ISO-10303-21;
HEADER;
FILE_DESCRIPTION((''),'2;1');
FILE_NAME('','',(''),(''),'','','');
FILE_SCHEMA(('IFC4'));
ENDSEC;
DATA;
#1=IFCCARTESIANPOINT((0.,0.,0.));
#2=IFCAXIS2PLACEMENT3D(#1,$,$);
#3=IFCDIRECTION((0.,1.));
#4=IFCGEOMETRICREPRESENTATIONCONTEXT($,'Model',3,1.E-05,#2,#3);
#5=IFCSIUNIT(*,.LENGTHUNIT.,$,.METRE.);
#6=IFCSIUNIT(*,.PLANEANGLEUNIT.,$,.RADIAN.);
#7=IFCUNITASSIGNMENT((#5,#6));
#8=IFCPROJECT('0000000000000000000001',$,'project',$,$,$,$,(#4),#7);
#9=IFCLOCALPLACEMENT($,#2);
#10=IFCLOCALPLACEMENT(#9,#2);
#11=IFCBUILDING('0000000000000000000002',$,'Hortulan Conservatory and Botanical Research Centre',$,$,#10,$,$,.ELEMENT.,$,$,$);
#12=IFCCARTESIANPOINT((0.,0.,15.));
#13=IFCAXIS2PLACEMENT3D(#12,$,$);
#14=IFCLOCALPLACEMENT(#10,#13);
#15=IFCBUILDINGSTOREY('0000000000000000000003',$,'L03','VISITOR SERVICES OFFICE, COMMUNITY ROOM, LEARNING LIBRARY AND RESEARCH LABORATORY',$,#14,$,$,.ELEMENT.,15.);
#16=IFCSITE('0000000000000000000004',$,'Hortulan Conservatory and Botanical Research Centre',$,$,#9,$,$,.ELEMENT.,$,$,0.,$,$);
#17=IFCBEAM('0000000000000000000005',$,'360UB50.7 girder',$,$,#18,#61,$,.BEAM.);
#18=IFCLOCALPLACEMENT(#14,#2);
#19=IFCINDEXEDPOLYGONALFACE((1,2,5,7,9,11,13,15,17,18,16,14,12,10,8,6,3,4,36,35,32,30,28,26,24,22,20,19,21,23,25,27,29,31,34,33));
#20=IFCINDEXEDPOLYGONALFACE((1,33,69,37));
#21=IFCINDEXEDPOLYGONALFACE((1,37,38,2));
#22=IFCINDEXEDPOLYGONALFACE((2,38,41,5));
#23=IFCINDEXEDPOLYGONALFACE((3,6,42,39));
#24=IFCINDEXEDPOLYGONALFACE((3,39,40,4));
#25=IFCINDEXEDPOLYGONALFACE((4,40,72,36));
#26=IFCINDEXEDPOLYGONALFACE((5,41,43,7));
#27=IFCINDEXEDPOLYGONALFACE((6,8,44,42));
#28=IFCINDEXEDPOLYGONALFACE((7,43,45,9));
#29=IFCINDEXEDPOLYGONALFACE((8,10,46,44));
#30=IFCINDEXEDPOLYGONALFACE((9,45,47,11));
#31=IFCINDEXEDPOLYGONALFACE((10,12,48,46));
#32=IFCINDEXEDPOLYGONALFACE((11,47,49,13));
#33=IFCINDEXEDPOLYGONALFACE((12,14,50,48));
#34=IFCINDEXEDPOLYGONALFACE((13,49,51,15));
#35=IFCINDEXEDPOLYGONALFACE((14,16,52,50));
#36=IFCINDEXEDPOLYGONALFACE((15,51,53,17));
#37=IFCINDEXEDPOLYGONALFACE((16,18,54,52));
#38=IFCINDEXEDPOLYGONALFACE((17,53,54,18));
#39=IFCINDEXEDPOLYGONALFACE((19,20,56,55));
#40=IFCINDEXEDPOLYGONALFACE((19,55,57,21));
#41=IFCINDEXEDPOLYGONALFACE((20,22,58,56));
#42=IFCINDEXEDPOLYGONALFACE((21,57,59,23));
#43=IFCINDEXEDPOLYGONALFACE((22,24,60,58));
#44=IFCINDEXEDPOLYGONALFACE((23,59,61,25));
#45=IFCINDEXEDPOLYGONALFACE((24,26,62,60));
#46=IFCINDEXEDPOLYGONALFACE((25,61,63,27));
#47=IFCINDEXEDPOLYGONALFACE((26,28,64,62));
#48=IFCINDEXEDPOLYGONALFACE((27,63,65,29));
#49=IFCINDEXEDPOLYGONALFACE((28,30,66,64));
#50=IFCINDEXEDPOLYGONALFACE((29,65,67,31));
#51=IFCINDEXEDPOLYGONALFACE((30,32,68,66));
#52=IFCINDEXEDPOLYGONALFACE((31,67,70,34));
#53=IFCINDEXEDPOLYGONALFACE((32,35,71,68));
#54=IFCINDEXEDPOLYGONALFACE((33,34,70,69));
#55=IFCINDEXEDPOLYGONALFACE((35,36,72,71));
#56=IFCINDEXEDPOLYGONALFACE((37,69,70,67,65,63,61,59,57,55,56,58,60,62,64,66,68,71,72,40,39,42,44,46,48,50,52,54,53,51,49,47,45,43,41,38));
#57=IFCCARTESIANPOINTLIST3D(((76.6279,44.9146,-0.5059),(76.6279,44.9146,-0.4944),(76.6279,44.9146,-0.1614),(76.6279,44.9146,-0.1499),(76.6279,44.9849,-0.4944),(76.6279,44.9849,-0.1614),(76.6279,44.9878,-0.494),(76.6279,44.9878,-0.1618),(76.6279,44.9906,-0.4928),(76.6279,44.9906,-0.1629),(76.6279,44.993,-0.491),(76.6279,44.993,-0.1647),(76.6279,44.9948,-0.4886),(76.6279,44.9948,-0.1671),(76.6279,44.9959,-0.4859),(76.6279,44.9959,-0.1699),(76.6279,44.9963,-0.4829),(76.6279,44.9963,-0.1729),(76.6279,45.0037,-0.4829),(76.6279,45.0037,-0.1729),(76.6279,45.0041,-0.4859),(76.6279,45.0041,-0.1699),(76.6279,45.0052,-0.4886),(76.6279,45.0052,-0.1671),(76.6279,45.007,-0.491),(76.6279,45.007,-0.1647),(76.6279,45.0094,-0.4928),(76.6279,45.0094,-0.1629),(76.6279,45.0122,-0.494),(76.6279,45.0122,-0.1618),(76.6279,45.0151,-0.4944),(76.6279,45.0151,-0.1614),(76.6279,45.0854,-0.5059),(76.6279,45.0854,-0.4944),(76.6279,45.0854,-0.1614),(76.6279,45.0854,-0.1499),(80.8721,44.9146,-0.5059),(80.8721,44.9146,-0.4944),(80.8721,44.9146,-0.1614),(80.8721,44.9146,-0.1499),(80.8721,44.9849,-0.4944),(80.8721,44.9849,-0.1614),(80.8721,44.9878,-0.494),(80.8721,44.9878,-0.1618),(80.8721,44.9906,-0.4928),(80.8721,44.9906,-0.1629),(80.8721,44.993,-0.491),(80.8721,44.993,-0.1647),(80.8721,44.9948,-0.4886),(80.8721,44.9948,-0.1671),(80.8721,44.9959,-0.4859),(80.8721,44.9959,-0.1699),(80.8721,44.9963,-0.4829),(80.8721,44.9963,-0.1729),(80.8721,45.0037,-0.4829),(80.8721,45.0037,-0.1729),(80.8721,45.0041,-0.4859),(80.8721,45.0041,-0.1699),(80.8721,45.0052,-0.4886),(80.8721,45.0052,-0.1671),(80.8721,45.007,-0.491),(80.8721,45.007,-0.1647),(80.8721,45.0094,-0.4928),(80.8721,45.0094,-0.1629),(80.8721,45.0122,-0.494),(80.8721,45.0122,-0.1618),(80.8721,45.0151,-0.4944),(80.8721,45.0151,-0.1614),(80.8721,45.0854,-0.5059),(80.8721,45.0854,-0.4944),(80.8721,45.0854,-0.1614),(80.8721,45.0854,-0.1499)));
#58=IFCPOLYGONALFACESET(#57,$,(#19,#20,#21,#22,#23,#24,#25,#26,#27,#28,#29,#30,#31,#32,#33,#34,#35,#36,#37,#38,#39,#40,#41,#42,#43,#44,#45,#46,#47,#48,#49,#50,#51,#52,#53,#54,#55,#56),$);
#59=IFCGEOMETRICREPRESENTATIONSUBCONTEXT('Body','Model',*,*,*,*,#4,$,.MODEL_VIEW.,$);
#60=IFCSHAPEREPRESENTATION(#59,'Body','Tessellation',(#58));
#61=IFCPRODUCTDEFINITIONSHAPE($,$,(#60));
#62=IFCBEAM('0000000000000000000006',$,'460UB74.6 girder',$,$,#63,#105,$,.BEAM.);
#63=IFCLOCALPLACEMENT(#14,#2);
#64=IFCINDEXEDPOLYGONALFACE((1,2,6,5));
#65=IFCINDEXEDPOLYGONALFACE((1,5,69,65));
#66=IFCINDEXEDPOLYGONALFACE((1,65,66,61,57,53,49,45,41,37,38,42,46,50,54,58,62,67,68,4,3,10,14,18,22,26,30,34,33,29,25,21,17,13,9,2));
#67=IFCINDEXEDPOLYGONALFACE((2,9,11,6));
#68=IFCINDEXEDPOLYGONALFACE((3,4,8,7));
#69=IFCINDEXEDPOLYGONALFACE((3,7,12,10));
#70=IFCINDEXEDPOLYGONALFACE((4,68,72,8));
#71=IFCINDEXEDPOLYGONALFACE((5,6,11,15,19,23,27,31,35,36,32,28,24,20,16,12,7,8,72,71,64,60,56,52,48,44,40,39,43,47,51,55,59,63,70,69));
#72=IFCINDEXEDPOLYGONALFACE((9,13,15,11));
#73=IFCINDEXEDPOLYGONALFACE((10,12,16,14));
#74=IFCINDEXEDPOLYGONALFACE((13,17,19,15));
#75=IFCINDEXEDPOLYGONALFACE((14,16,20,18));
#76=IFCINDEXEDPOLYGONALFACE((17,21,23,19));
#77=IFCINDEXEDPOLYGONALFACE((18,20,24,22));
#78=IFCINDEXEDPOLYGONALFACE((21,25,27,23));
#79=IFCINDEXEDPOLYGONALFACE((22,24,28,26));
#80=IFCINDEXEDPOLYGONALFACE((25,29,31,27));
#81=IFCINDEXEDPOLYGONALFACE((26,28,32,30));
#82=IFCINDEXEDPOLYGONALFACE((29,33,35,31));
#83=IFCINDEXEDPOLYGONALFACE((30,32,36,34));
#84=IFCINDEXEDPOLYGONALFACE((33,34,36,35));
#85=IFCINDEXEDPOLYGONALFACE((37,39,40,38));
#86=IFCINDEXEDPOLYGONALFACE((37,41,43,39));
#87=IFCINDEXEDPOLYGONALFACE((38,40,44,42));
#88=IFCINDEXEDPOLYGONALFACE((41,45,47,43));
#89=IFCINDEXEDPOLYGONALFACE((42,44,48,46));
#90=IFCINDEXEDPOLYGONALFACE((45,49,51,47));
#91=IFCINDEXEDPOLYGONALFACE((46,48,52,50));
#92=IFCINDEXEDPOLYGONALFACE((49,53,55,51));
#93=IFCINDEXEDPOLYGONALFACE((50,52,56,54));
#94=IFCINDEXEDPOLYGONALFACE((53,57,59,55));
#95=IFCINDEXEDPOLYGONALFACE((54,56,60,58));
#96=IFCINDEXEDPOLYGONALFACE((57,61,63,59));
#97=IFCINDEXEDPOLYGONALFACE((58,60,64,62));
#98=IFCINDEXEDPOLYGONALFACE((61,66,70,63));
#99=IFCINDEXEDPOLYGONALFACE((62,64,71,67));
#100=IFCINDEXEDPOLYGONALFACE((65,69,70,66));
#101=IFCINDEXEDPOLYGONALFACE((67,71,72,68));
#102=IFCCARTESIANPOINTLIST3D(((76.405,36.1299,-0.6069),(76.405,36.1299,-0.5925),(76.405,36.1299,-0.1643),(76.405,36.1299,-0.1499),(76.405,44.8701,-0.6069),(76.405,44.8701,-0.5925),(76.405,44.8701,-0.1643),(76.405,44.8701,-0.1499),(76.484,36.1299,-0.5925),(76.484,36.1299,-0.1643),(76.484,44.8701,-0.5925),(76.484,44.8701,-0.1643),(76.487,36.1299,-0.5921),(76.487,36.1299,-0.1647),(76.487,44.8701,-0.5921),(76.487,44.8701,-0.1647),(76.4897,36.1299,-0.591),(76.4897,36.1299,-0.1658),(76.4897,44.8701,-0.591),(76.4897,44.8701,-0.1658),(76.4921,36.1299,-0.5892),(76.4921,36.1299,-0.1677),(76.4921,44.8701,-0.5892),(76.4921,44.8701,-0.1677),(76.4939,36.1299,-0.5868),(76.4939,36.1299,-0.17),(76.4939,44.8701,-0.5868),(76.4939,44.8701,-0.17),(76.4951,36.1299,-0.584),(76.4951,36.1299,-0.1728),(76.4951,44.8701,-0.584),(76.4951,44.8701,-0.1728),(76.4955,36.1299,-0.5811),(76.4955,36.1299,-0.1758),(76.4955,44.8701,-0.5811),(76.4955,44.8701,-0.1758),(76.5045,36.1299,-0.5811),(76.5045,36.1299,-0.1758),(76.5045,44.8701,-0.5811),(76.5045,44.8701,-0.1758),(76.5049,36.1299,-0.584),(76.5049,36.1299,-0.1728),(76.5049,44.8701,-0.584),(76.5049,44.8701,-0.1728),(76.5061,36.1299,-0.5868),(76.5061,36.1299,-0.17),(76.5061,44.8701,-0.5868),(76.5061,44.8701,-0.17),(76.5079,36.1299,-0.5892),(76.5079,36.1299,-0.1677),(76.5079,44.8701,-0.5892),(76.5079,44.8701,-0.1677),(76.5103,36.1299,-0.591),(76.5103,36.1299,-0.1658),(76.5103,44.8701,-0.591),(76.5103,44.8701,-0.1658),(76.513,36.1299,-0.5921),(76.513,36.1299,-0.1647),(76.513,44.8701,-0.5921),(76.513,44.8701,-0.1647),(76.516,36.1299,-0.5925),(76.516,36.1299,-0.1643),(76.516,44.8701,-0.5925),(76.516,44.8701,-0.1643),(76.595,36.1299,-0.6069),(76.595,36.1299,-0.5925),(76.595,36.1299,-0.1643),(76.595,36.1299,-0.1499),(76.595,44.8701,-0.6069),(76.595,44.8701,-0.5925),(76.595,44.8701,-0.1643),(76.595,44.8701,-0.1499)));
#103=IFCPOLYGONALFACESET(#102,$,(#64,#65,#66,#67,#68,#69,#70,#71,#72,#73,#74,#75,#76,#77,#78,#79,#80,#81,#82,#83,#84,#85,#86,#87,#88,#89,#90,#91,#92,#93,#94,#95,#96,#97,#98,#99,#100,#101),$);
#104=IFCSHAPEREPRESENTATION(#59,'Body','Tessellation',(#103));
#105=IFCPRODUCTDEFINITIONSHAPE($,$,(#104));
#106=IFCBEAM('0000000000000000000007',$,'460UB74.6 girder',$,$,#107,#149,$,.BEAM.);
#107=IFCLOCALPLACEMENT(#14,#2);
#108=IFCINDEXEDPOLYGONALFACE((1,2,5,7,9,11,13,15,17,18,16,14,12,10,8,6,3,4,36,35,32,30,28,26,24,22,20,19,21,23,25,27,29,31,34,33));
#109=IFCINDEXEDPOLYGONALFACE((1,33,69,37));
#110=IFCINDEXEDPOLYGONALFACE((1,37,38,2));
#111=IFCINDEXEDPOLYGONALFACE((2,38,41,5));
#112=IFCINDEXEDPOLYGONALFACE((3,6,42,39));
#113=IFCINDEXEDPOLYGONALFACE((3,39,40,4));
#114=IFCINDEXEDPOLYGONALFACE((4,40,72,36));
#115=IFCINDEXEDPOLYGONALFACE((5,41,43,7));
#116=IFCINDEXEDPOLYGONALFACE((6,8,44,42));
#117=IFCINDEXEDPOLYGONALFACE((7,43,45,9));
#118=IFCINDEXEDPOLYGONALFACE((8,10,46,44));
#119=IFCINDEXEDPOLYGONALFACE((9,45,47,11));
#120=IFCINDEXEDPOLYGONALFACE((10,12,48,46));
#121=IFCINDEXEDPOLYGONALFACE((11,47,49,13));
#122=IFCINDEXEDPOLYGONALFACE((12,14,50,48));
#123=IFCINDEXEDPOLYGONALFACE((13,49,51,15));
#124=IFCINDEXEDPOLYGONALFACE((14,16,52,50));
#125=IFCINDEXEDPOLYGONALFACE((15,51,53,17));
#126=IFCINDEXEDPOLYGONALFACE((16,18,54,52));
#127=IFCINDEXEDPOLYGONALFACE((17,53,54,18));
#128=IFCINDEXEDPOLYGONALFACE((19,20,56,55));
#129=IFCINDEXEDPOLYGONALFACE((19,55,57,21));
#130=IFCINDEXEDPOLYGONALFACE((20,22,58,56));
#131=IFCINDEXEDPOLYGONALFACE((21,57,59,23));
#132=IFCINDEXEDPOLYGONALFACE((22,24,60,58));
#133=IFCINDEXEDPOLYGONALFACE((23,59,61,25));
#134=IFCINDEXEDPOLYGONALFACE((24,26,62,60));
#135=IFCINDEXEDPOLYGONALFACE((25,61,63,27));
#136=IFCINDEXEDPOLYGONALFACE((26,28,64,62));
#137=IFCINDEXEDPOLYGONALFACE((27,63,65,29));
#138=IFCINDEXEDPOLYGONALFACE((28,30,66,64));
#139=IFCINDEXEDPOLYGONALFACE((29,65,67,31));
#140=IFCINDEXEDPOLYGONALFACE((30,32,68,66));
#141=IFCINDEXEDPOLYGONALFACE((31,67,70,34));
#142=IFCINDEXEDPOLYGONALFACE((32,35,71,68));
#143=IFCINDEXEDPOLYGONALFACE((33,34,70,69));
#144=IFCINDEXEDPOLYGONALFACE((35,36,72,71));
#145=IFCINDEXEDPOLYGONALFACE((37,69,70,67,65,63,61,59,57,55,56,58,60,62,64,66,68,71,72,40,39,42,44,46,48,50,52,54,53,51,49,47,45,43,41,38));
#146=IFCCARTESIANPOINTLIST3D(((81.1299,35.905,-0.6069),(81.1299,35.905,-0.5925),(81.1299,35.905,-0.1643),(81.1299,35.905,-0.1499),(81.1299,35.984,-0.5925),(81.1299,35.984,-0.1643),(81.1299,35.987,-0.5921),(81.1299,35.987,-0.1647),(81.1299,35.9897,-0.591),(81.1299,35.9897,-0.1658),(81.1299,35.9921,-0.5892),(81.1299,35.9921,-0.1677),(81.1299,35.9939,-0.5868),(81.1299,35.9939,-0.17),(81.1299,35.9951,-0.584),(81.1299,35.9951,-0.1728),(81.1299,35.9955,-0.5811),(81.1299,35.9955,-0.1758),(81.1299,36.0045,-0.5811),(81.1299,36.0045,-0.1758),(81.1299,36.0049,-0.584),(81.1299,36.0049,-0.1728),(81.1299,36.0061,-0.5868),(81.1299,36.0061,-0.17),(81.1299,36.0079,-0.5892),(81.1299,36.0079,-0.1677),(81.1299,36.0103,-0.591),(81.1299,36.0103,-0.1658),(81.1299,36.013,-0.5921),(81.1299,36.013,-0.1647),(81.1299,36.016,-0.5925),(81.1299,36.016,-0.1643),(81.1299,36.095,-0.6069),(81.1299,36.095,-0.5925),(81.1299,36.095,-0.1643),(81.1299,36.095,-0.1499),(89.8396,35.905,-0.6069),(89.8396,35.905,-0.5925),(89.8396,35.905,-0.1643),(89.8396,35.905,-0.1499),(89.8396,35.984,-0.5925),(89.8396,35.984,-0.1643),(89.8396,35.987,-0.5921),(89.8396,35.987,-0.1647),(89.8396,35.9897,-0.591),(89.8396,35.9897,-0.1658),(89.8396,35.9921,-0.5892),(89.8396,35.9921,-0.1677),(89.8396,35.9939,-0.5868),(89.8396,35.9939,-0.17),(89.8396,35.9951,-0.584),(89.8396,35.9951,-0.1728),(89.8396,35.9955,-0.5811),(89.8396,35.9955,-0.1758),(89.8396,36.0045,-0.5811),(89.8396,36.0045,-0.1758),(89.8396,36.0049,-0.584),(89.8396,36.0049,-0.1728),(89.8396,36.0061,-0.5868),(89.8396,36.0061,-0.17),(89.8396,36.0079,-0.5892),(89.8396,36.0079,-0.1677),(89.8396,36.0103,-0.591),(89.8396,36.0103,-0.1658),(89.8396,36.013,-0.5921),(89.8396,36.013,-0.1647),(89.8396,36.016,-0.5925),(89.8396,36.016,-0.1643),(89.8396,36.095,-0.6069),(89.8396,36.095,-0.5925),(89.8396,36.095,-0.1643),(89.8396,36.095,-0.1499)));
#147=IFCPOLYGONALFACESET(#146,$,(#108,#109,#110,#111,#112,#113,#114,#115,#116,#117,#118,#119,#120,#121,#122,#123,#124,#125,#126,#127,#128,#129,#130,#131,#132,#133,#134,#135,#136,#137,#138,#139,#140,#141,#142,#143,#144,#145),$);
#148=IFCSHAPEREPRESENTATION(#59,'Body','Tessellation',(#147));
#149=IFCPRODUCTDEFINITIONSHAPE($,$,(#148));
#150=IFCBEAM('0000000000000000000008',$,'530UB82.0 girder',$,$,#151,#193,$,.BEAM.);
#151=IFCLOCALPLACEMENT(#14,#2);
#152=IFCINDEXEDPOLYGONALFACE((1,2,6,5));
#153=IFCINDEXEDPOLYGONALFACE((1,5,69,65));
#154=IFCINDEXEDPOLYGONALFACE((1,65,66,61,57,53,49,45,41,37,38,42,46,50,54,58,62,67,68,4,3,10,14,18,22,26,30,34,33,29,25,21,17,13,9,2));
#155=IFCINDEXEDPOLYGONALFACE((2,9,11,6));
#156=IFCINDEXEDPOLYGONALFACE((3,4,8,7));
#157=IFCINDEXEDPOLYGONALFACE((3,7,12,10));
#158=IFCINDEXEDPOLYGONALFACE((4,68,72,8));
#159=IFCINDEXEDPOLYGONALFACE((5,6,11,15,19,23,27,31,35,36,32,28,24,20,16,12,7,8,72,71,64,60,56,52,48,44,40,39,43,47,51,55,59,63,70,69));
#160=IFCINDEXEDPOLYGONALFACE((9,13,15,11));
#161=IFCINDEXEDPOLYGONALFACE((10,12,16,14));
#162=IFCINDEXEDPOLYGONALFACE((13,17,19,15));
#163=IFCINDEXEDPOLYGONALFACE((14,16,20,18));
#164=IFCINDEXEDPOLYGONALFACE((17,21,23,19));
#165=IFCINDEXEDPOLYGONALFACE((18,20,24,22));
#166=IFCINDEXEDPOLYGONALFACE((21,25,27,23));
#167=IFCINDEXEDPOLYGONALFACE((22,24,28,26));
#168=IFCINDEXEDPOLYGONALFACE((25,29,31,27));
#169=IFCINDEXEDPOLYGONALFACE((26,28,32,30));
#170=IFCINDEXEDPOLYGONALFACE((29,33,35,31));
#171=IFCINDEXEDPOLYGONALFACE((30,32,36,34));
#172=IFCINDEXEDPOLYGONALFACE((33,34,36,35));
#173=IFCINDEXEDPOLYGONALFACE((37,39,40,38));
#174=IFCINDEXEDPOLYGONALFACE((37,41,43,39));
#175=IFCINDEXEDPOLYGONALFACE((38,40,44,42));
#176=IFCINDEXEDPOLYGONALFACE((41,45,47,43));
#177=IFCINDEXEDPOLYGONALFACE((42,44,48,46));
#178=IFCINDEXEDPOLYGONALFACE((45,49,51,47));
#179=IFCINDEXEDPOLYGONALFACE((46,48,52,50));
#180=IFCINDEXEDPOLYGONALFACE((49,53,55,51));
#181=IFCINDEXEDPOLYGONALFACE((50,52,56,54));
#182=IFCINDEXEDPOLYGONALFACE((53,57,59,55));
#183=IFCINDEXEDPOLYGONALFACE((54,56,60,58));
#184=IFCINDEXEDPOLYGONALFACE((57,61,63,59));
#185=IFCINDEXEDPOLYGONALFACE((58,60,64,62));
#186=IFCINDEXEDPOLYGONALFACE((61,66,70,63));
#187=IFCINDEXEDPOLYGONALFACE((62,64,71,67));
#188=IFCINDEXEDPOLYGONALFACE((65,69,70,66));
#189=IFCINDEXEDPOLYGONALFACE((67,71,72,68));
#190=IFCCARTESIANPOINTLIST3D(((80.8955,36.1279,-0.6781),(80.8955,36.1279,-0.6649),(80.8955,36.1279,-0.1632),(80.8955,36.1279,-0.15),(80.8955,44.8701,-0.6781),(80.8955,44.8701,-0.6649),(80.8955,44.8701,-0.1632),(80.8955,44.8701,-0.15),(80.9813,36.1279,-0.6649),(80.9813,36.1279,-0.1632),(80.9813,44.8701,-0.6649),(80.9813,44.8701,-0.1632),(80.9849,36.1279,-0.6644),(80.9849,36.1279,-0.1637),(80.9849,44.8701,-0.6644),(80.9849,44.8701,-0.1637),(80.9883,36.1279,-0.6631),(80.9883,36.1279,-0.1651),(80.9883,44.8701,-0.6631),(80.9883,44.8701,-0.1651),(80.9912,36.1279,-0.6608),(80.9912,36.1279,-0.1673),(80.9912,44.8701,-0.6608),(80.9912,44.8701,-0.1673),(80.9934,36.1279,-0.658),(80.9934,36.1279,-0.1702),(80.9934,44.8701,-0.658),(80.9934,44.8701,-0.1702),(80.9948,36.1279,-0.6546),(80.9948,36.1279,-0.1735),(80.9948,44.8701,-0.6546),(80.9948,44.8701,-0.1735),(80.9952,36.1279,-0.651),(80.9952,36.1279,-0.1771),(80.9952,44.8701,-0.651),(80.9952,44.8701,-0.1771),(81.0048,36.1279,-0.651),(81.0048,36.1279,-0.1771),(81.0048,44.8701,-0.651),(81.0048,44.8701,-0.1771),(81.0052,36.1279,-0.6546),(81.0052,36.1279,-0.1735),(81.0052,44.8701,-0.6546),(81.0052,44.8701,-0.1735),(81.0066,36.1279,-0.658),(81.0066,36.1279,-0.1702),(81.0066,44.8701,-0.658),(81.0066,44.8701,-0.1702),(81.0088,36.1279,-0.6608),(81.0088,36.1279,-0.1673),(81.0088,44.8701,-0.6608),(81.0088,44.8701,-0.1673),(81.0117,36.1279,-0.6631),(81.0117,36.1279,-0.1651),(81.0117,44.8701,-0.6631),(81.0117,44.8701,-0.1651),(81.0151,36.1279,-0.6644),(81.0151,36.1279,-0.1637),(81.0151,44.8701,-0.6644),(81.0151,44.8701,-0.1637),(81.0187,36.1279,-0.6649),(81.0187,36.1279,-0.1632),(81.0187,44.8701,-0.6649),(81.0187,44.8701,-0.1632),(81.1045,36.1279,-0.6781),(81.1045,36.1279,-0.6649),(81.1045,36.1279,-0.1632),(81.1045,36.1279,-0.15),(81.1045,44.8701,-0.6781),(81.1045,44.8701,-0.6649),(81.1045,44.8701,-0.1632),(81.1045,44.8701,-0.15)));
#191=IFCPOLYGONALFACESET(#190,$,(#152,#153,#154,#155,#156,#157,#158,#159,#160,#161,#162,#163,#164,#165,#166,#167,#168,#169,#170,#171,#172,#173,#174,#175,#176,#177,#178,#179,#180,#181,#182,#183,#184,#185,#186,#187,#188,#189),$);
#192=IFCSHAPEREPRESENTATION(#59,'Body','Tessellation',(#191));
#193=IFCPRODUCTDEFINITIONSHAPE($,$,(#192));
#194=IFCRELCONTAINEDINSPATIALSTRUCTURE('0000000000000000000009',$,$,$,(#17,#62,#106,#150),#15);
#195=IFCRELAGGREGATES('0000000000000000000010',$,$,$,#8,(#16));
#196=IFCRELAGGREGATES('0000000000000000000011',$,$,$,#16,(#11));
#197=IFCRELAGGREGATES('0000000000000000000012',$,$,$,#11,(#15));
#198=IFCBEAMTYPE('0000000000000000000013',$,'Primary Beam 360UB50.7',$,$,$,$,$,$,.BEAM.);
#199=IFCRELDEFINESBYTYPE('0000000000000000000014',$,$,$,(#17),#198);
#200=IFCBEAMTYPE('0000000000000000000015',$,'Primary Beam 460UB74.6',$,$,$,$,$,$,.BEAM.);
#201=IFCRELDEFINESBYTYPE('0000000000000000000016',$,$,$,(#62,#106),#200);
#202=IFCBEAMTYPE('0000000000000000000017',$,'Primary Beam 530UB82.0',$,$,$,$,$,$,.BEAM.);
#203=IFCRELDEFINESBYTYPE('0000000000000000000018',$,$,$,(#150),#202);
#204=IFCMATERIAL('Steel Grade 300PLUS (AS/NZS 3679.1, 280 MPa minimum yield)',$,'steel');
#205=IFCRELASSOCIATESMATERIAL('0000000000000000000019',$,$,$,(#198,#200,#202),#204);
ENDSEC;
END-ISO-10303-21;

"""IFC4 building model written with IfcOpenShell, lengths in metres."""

from ifc_helpers import new_model, si_unit, direction, frame, origin, origin_2d, place, context, subcontext, project, spatial, i_section, extrude, material, material_profile, profile_set, type_object, element, save


model = new_model("IFC4")

# Units and contexts
model_context = context("Model", 3, precision=1e-05, world=origin(), true_north=direction((0.0, 1.0)))
body_context = subcontext(model_context, "Body", "Model", "MODEL_VIEW")
ifc_project = project(units=[si_unit("LENGTHUNIT", "METRE"), si_unit("PLANEANGLEUNIT", "RADIAN")], contexts=[model_context])

# Site, building, storey
site_placement = place(None, origin())
site = spatial("IfcSite", under=ifc_project, at=site_placement, Name="Hortulan Conservatory and Botanical Research Centre", CompositionType="ELEMENT", RefElevation=0.0)
building_placement = place(site_placement, origin())
building = spatial("IfcBuilding", under=site, at=building_placement, Name="Hortulan Conservatory and Botanical Research Centre", CompositionType="ELEMENT")
storey_placement = place(building_placement, frame((0.0, 0.0, 15.0)))
storey = spatial("IfcBuildingStorey", under=building, at=storey_placement, Name="L03", Description="VISITOR SERVICES OFFICE, COMMUNITY ROOM, LEARNING LIBRARY AND RESEARCH LABORATORY", CompositionType="ELEMENT", Elevation=15.0)

# Shared definitions
ifc_material_1 = material(Name="Steel Grade 300PLUS (AS/NZS 3679.1, 280 MPa minimum yield)", Category="steel")

# Beams
ifc_material_profile_1 = material_profile(ifc_material_1, i_section(OverallWidth=0.1709, OverallDepth=0.356, WebThickness=0.0073, FlangeThickness=0.0115, FilletRadius=0.0115, at=origin_2d()), Name="360UB50.7")
ifc_profile_set_1 = profile_set([ifc_material_profile_1], Name="Steel Grade 300PLUS (AS/NZS 3679.1, 280 MPa minimum yield)")
beam_type_1 = type_object("IfcBeamType", Name="Primary Beam 360UB50.7", PredefinedType="BEAM", material=ifc_profile_set_1)
beam_1_placement = place(storey_placement, frame((76.6279, 45.0, -0.3279), z_axis=(1.0, 0.0, 0.0), x_axis=(0.0, 1.0, 0.0)))
element("IfcBeam", 1, at=beam_1_placement, inside=storey, type_object=beam_type_1, Name="360UB50.7 girder", PredefinedType="BEAM", context=body_context, shape_type="SweptSolid", body=[
    extrude(i_section(OverallWidth=0.1709, OverallDepth=0.356, WebThickness=0.0073, FlangeThickness=0.0115, FilletRadius=0.0115, at=origin_2d()), origin(), (0.0, 0.0, 1.0), 4.2441),
])
ifc_material_profile_2 = material_profile(ifc_material_1, i_section(OverallWidth=0.1899, OverallDepth=0.457, WebThickness=0.009, FlangeThickness=0.0144, FilletRadius=0.0115, at=origin_2d()), Name="460UB74.6")
ifc_profile_set_2 = profile_set([ifc_material_profile_2], Name="Steel Grade 300PLUS (AS/NZS 3679.1, 280 MPa minimum yield)")
beam_type_2 = type_object("IfcBeamType", Name="Primary Beam 460UB74.6", PredefinedType="BEAM", material=ifc_profile_set_2)
beam_2_placement = place(storey_placement, frame((76.5, 36.1299, -0.3784), z_axis=(0.0, 1.0, 0.0), x_axis=(-1.0, 0.0, 0.0)))
element("IfcBeam", 2, at=beam_2_placement, inside=storey, type_object=beam_type_2, Name="460UB74.6 girder", PredefinedType="BEAM", context=body_context, shape_type="SweptSolid", body=[
    extrude(i_section(OverallWidth=0.1899, OverallDepth=0.457, WebThickness=0.009, FlangeThickness=0.0144, FilletRadius=0.0115, at=origin_2d()), origin(), (0.0, 0.0, 1.0), 8.7402),
])
beam_3_placement = place(storey_placement, frame((81.1299, 36.0, -0.3784), z_axis=(1.0, 0.0, 0.0), x_axis=(0.0, 1.0, 0.0)))
element("IfcBeam", 3, at=beam_3_placement, inside=storey, type_object=beam_type_2, Name="460UB74.6 girder", PredefinedType="BEAM", context=body_context, shape_type="SweptSolid", body=[
    extrude(i_section(OverallWidth=0.1899, OverallDepth=0.457, WebThickness=0.009, FlangeThickness=0.0144, FilletRadius=0.0115, at=origin_2d()), origin(), (0.0, 0.0, 1.0), 8.7097),
])
ifc_material_profile_3 = material_profile(ifc_material_1, i_section(OverallWidth=0.209, OverallDepth=0.5281, WebThickness=0.0095, FlangeThickness=0.0132, FilletRadius=0.0139, at=origin_2d()), Name="530UB82.0")
ifc_profile_set_3 = profile_set([ifc_material_profile_3], Name="Steel Grade 300PLUS (AS/NZS 3679.1, 280 MPa minimum yield)")
beam_type_3 = type_object("IfcBeamType", Name="Primary Beam 530UB82.0", PredefinedType="BEAM", material=ifc_profile_set_3)
beam_4_placement = place(storey_placement, frame((81.0, 36.1279, -0.4141), z_axis=(0.0, 1.0, 0.0), x_axis=(-1.0, 0.0, 0.0)))
element("IfcBeam", 4, at=beam_4_placement, inside=storey, type_object=beam_type_3, Name="530UB82.0 girder", PredefinedType="BEAM", context=body_context, shape_type="SweptSolid", body=[
    extrude(i_section(OverallWidth=0.209, OverallDepth=0.5281, WebThickness=0.0095, FlangeThickness=0.0132, FilletRadius=0.0139, at=origin_2d()), origin(), (0.0, 0.0, 1.0), 8.7422),
])

save(model, "model.ifc")
